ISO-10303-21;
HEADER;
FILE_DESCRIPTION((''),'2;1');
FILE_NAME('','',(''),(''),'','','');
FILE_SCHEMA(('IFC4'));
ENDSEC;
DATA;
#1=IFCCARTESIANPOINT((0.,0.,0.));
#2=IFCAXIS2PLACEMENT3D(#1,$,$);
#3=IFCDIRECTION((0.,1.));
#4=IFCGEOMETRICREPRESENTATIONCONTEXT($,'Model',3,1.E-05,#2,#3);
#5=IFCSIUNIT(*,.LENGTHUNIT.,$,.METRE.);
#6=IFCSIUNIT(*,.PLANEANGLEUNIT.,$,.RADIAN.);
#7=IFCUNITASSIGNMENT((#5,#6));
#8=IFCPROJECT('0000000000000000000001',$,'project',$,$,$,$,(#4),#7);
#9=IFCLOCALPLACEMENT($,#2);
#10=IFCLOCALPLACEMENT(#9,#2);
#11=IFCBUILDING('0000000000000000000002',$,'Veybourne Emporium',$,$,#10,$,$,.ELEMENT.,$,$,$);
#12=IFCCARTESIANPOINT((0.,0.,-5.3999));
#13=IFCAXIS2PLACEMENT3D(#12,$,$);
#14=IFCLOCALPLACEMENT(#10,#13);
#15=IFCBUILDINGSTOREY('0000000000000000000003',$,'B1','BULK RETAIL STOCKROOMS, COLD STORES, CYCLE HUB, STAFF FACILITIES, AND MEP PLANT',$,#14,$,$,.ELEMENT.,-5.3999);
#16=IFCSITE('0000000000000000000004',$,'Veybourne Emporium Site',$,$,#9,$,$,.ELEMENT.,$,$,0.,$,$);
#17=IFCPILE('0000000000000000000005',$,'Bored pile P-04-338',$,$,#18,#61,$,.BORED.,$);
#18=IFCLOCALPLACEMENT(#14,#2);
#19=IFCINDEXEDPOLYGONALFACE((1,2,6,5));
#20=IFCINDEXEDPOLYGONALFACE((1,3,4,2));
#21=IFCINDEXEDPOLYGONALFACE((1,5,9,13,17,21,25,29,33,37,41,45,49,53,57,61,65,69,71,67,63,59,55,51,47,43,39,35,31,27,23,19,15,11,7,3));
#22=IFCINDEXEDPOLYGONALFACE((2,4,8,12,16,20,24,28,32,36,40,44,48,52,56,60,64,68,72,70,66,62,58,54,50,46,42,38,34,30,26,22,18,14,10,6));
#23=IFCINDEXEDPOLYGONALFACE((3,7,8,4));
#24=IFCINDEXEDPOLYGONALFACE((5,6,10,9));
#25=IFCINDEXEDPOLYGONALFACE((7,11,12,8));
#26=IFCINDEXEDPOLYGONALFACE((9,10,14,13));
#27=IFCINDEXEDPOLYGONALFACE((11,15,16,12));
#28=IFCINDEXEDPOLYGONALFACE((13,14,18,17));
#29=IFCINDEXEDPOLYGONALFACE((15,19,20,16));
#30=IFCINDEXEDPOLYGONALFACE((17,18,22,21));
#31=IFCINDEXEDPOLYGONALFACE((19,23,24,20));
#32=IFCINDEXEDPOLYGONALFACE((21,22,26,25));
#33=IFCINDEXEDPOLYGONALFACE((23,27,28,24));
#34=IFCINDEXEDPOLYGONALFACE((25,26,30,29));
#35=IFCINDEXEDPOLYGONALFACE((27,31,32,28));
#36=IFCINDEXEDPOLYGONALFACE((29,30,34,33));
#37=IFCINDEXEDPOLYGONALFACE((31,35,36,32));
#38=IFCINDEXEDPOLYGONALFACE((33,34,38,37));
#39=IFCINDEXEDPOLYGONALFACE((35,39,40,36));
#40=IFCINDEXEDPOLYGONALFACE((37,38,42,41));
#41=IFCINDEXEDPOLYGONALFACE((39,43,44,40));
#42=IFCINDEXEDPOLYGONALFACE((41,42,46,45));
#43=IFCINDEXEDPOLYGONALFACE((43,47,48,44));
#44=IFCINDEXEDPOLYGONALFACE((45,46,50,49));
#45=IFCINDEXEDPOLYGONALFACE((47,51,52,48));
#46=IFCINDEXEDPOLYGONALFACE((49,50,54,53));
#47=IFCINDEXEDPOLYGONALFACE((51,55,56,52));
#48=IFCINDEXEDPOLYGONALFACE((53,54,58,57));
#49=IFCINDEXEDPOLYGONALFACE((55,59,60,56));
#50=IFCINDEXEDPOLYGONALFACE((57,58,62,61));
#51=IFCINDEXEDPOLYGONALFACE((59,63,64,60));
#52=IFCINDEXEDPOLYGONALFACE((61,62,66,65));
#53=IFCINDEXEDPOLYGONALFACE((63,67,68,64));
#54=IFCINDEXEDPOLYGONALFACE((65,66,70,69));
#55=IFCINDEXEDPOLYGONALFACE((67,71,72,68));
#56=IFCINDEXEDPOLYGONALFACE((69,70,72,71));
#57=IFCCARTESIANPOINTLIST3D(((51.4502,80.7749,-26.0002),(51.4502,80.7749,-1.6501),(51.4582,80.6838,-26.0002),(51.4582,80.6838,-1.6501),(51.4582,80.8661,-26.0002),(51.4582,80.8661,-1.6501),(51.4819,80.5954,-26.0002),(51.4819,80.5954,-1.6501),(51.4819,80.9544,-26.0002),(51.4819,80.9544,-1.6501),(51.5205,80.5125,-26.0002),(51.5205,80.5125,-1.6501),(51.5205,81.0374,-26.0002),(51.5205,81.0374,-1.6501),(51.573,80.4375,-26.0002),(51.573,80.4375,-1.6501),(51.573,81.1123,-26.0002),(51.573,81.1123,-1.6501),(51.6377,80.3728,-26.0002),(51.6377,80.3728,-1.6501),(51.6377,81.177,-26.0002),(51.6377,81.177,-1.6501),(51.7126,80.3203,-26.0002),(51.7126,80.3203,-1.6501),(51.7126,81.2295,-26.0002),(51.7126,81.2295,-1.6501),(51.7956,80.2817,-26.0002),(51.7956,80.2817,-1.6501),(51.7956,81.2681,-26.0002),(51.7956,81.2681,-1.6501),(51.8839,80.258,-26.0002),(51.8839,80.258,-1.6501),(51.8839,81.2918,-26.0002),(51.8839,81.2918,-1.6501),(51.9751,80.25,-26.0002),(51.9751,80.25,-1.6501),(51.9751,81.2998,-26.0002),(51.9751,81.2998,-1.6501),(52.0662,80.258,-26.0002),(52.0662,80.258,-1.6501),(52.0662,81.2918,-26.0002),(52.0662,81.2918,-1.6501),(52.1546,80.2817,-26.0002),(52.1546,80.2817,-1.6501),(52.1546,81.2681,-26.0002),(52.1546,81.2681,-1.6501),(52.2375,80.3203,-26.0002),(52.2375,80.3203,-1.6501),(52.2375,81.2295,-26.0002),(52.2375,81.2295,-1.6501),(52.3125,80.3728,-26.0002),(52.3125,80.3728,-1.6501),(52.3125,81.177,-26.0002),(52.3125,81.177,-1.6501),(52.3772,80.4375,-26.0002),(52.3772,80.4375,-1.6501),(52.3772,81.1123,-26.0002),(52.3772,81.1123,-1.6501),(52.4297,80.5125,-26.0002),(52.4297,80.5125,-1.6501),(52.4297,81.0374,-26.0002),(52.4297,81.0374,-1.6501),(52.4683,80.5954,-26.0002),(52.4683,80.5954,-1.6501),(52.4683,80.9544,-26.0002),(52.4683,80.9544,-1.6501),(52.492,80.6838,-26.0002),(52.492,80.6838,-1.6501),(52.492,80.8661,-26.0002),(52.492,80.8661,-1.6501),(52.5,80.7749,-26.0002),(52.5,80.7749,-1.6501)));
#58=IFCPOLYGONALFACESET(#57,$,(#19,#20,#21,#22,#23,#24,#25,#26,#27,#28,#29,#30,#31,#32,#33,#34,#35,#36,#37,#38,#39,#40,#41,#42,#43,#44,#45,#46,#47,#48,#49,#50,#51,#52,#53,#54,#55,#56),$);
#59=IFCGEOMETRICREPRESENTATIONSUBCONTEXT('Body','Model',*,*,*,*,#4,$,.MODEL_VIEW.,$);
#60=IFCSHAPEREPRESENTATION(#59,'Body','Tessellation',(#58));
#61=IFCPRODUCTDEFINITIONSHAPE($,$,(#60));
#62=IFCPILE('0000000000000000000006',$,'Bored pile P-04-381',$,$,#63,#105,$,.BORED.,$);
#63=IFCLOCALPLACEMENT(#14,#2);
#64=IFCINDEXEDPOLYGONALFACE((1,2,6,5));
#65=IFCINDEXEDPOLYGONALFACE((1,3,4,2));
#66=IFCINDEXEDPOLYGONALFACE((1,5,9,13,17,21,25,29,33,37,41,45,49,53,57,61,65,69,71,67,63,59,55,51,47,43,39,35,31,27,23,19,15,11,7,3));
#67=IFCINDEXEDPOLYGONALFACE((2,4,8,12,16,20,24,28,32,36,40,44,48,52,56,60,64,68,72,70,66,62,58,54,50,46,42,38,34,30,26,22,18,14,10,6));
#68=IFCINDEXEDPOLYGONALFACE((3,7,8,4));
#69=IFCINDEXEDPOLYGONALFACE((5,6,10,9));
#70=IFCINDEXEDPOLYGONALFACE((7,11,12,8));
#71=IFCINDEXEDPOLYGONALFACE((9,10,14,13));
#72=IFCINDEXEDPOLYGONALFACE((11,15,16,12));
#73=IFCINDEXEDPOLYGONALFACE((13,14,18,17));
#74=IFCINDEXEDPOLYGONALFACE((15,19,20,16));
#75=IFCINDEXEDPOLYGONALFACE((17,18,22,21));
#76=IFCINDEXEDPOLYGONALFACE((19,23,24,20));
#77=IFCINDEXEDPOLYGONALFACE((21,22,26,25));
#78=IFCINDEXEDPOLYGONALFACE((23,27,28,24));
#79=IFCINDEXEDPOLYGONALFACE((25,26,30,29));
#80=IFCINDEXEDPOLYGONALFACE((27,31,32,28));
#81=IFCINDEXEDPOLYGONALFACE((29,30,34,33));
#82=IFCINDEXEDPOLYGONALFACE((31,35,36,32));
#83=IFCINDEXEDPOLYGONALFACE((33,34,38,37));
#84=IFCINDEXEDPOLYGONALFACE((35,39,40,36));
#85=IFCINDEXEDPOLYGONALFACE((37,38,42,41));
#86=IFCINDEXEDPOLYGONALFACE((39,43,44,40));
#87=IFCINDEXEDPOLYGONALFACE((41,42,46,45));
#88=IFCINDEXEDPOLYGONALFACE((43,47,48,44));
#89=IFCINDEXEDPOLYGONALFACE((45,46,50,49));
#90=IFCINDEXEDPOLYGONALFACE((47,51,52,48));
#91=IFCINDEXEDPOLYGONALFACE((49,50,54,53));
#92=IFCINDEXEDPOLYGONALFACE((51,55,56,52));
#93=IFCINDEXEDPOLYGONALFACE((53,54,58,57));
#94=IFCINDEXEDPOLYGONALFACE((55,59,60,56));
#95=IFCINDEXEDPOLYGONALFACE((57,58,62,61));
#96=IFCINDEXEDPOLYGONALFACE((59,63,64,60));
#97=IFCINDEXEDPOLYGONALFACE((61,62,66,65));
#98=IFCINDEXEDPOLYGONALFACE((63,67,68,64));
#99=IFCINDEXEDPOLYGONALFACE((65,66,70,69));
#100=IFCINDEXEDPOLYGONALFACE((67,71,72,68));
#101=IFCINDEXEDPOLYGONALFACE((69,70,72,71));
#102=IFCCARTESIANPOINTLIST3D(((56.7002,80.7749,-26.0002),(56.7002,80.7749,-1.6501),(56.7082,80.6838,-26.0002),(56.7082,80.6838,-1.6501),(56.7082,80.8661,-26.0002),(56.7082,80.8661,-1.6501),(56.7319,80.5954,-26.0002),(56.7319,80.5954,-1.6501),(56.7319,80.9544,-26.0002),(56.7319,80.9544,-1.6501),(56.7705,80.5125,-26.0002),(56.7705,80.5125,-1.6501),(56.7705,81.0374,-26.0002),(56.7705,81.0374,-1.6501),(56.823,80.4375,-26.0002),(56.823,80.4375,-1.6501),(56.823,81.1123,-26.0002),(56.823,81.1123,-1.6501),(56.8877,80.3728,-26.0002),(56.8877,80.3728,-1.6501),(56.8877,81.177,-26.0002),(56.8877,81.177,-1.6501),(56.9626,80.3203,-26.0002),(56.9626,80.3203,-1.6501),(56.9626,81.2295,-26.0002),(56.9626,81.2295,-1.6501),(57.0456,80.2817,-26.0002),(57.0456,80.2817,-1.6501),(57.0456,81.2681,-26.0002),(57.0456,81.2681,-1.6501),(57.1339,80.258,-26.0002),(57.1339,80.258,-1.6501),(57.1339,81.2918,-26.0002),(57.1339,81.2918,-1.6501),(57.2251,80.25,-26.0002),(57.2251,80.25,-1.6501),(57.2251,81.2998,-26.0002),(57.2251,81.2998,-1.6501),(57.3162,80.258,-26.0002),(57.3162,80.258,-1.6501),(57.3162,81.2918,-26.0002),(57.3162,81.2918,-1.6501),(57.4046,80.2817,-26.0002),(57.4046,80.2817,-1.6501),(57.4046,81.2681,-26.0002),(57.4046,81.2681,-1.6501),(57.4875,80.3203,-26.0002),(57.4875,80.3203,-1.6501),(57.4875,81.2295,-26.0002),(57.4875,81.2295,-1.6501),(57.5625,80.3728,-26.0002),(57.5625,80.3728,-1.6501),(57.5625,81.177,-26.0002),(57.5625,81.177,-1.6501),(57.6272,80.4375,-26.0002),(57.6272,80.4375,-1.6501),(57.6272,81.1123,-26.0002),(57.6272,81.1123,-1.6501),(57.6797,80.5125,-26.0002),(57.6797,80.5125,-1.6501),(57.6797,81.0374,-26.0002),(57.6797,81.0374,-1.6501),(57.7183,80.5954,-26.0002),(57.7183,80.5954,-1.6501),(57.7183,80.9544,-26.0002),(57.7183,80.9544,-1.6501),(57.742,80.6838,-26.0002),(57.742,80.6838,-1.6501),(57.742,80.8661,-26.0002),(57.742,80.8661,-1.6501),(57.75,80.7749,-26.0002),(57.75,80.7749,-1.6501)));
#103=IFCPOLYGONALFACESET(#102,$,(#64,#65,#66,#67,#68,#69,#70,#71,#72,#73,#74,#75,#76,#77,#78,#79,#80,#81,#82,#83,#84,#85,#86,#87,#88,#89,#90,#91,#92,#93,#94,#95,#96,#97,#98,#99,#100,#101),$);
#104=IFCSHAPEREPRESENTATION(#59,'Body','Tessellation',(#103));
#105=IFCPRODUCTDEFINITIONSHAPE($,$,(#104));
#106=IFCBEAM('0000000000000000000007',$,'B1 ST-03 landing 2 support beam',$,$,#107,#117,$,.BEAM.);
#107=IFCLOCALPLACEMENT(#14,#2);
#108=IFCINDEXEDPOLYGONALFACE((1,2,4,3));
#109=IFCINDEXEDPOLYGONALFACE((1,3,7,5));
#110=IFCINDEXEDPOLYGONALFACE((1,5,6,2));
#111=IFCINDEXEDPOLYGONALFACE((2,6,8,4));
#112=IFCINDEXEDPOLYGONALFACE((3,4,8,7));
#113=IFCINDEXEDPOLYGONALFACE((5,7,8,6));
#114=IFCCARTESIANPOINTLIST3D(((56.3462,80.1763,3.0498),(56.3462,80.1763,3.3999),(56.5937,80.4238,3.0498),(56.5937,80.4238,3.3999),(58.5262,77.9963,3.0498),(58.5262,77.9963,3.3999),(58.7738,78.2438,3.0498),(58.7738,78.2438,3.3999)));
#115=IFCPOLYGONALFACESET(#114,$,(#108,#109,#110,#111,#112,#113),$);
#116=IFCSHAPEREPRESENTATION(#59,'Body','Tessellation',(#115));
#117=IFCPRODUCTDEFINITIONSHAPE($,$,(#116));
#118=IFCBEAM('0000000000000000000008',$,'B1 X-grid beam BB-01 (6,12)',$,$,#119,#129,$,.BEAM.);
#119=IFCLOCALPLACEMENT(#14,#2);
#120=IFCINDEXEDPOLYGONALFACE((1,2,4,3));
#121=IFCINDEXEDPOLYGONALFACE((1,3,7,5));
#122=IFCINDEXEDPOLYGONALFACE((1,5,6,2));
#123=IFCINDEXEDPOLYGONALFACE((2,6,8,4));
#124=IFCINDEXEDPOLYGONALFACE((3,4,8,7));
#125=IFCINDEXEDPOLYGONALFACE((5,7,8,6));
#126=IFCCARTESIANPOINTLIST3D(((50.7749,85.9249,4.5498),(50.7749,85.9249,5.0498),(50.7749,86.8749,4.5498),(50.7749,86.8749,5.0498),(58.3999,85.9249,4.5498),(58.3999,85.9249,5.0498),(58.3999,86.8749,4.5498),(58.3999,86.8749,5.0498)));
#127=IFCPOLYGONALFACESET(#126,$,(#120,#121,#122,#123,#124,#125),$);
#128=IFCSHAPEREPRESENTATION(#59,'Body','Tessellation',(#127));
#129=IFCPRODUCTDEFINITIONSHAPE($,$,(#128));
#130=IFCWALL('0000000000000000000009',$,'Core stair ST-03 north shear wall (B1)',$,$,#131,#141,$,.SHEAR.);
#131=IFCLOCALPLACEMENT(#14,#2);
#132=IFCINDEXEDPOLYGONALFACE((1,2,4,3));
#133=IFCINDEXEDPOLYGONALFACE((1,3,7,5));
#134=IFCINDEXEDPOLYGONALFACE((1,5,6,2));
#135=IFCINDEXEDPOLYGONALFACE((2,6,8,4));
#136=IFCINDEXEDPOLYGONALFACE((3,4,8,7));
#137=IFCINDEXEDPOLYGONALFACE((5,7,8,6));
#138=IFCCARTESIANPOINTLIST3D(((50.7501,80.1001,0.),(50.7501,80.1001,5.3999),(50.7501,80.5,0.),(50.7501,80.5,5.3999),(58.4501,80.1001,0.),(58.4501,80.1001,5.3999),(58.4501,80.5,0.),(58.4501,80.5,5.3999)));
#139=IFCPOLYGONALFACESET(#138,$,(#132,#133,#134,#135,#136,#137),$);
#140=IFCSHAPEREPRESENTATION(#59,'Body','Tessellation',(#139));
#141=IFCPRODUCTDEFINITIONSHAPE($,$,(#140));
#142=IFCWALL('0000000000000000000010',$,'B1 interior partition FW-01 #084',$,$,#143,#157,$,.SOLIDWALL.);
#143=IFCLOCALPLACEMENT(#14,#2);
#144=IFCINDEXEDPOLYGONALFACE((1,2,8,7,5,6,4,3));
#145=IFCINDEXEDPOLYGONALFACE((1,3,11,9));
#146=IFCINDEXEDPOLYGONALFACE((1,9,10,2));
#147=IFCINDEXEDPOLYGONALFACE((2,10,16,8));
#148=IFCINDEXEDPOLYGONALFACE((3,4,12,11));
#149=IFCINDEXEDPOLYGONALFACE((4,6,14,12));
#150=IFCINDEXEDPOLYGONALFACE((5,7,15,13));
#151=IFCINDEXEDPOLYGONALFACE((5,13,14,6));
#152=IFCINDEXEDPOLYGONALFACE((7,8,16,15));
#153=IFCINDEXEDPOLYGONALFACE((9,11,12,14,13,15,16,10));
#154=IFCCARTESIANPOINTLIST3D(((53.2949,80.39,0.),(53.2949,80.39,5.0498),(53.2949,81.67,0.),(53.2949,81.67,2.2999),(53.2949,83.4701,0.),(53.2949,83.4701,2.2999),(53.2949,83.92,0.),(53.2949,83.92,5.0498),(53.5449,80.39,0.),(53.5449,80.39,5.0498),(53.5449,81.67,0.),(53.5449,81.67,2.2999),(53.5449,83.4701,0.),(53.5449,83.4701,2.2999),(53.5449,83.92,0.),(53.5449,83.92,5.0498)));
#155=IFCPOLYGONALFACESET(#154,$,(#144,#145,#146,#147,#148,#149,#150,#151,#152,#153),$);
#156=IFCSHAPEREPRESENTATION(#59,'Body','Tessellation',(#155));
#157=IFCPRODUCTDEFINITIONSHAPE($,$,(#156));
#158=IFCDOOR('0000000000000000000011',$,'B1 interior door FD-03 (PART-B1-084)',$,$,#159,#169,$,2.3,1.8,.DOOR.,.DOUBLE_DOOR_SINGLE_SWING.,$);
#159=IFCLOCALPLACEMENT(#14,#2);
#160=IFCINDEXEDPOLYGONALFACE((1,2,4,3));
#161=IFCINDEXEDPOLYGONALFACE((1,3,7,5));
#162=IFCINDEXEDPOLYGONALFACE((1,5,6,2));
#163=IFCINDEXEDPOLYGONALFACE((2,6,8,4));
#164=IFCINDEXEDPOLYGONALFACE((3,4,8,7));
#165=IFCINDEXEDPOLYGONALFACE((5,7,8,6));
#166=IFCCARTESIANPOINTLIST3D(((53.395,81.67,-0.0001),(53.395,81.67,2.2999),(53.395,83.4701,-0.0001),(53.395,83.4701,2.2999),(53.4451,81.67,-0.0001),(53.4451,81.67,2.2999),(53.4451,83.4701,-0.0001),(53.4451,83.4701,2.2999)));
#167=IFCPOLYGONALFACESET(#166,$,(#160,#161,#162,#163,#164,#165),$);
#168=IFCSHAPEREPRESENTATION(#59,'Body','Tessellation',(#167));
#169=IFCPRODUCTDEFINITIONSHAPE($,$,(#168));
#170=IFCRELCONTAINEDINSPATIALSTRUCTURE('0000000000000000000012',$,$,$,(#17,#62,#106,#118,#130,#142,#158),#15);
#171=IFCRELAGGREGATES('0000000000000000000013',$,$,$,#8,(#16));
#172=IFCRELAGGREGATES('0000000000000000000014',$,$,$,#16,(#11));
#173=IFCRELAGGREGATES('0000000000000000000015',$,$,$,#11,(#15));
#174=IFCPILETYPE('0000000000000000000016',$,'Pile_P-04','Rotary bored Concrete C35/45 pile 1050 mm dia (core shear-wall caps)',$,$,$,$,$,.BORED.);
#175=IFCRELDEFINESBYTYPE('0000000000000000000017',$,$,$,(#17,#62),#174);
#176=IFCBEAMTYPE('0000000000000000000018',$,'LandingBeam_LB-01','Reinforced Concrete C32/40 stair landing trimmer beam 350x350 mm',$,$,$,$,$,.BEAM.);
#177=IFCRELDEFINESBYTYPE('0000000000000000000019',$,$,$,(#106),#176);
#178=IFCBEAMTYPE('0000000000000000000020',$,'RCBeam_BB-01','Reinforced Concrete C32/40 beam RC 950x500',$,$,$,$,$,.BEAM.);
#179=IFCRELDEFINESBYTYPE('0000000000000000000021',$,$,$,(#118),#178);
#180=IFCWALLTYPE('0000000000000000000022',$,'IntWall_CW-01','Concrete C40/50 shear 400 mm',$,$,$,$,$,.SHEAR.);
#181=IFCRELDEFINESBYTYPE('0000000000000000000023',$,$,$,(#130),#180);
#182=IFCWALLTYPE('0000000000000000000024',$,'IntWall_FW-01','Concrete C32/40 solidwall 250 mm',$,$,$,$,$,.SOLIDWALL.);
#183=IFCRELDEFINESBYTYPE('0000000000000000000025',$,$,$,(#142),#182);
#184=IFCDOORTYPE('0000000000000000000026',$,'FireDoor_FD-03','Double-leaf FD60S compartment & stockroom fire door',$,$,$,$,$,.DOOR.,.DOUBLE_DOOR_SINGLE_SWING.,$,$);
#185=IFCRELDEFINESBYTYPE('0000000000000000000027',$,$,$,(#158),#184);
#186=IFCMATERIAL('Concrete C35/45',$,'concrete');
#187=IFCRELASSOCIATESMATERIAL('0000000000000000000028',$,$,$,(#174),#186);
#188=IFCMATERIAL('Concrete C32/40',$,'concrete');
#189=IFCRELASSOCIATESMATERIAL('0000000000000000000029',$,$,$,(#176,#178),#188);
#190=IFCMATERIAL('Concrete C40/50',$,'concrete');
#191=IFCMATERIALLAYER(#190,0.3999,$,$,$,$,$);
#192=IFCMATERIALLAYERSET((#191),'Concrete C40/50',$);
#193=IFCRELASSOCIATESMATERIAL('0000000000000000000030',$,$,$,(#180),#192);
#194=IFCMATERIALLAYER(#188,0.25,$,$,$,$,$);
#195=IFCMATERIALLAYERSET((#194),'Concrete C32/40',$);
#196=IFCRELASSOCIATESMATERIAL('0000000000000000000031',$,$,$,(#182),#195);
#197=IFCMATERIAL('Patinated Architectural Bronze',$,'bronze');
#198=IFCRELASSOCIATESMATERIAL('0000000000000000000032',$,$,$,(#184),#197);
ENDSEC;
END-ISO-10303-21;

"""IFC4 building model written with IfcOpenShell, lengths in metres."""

from ifc_helpers import new_model, si_unit, direction, frame, frame_2d, origin, origin_2d, place, context, subcontext, project, spatial, rectangle, circle, extrude, material, layer, layer_set, material_profile, profile_set, type_object, element, fill, save


model = new_model("IFC4")

# Units and contexts
model_context = context("Model", 3, precision=1e-05, world=origin(), true_north=direction((0.0, 1.0)))
body_context = subcontext(model_context, "Body", "Model", "MODEL_VIEW")
ifc_project = project(units=[si_unit("LENGTHUNIT", "METRE"), si_unit("PLANEANGLEUNIT", "RADIAN")], contexts=[model_context])

# Site, building, storey
site_placement = place(None, origin())
site = spatial("IfcSite", under=ifc_project, at=site_placement, Name="Veybourne Emporium Site", CompositionType="ELEMENT", RefElevation=0.0)
building_placement = place(site_placement, origin())
building = spatial("IfcBuilding", under=site, at=building_placement, Name="Veybourne Emporium", CompositionType="ELEMENT")
storey_placement = place(building_placement, frame((0.0, 0.0, -5.3999)))
storey = spatial("IfcBuildingStorey", under=building, at=storey_placement, Name="B1", Description="BULK RETAIL STOCKROOMS, COLD STORES, CYCLE HUB, STAFF FACILITIES, AND MEP PLANT", CompositionType="ELEMENT", Elevation=-5.3999)

# Shared definitions
ifc_material_1 = material(Name="Concrete C35/45", Category="concrete")

# Piles
ifc_material_profile_1 = material_profile(ifc_material_1, circle(Radius=0.5249, at=origin_2d()), Name="BORED PILE 1050")
ifc_profile_set_1 = profile_set([ifc_material_profile_1], Name="Concrete C35/45")
pile_type_1 = type_object("IfcPileType", Name="Pile_P-04", Description="Rotary bored Concrete C35/45 pile 1050 mm dia (core shear-wall caps)", PredefinedType="BORED", material=ifc_profile_set_1)
for number, where, z_axis, x_axis, name in (
    (1, (51.9751, 80.7749, -1.6501), (0.0, 0.0, -1.0), (1.0, 0.0, 0.0), "Bored pile P-04-338"),
    (2, (57.2251, 80.7749, -1.6501), (0.0, 0.0, -1.0), (1.0, 0.0, 0.0), "Bored pile P-04-381"),
):
    element("IfcPile", number, at=place(storey_placement, frame(where, z_axis=z_axis, x_axis=x_axis)), inside=storey, type_object=pile_type_1, Name=name, PredefinedType="BORED", context=body_context, shape_type="SweptSolid", body=[
        extrude(circle(Radius=0.5249, at=origin_2d()), origin(), (0.0, 0.0, 1.0), 24.3501),
    ])

# Beams
ifc_material_2 = material(Name="Concrete C32/40", Category="concrete")
ifc_material_profile_2 = material_profile(ifc_material_2, rectangle(XDim=0.3501, YDim=0.3501, at=origin_2d()), Name="RC 350x350")
ifc_profile_set_2 = profile_set([ifc_material_profile_2], Name="Concrete C32/40")
beam_type_1 = type_object("IfcBeamType", Name="LandingBeam_LB-01", Description="Reinforced Concrete C32/40 stair landing trimmer beam 350x350 mm", PredefinedType="BEAM", material=ifc_profile_set_2)
beam_1_placement = place(storey_placement, frame((56.47, 80.3, 3.2249), z_axis=(0.707107, -0.707107, 0.0), x_axis=(0.707107, 0.707107, 0.0)))
element("IfcBeam", 3, at=beam_1_placement, inside=storey, type_object=beam_type_1, Name="B1 ST-03 landing 2 support beam", PredefinedType="BEAM", context=body_context, shape_type="SweptSolid", body=[
    extrude(rectangle(XDim=0.3501, YDim=0.3501, at=origin_2d()), origin(), (0.0, 0.0, 1.0), 3.083),
])
ifc_material_profile_3 = material_profile(ifc_material_2, rectangle(XDim=0.95, YDim=0.5, at=origin_2d()), Name="RC 950x500")
ifc_profile_set_3 = profile_set([ifc_material_profile_3], Name="Concrete C32/40")
beam_type_2 = type_object("IfcBeamType", Name="RCBeam_BB-01", Description="Reinforced Concrete C32/40 beam RC 950x500", PredefinedType="BEAM", material=ifc_profile_set_3)
beam_2_placement = place(storey_placement, frame((50.7749, 86.3999, 4.7998), z_axis=(1.0, 0.0, 0.0), x_axis=(0.0, 1.0, 0.0)))
element("IfcBeam", 4, at=beam_2_placement, inside=storey, type_object=beam_type_2, Name="B1 X-grid beam BB-01 (6,12)", PredefinedType="BEAM", context=body_context, shape_type="SweptSolid", body=[
    extrude(rectangle(XDim=0.95, YDim=0.5, at=origin_2d()), origin(), (0.0, 0.0, 1.0), 7.625),
])

# Wall
ifc_material_3 = material(Name="Concrete C40/50", Category="concrete")
ifc_layer_1 = layer(ifc_material_3, 0.3999)
ifc_layer_set_1 = layer_set([ifc_layer_1], Name="Concrete C40/50")
wall_type_1 = type_object("IfcWallType", Name="IntWall_CW-01", Description="Concrete C40/50 shear 400 mm", PredefinedType="SHEAR", material=ifc_layer_set_1)
wall_1_placement = place(storey_placement, frame((50.75, 80.3, 0.0), z_axis=(0.0, 0.0, 1.0), x_axis=(1.0, 0.0, 0.0)))
element("IfcWall", 5, at=wall_1_placement, inside=storey, type_object=wall_type_1, Name="Core stair ST-03 north shear wall (B1)", PredefinedType="SHEAR", context=body_context, shape_type="SweptSolid", body=[
    extrude(rectangle(XDim=7.7, YDim=0.3999, at=frame_2d((3.8501, 0.0))), origin(), (0.0, 0.0, 1.0), 5.3999),
])

# Wall, opening, door
ifc_layer_2 = layer(ifc_material_2, 0.25)
ifc_layer_set_2 = layer_set([ifc_layer_2], Name="Concrete C32/40")
wall_type_2 = type_object("IfcWallType", Name="IntWall_FW-01", Description="Concrete C32/40 solidwall 250 mm", PredefinedType="SOLIDWALL", material=ifc_layer_set_2)
wall_2_placement = place(storey_placement, frame((53.4199, 80.3899, 0.0), z_axis=(0.0, 0.0, 1.0), x_axis=(0.0, 1.0, 0.0)))
wall_2 = element("IfcWall", 6, at=wall_2_placement, inside=storey, type_object=wall_type_2, Name="B1 interior partition FW-01 #084", PredefinedType="SOLIDWALL", context=body_context, shape_type="SweptSolid", body=[
    extrude(rectangle(XDim=3.53, YDim=0.25, at=frame_2d((1.7651, 0.0))), origin(), (0.0, 0.0, 1.0), 5.0498),
])
opening_1_placement = place(wall_2_placement, frame((1.2803, 0.0, 0.0)))
opening_1 = element("IfcOpeningElement", 7, at=opening_1_placement, cuts=wall_2, PredefinedType="OPENING", context=body_context, shape_type="SweptSolid", body=[
    extrude(rectangle(XDim=1.8, YDim=2.3, at=frame_2d((0.8999, 1.1499))), frame((0.0, 0.145, 0.0), z_axis=(0.0, -1.0, 0.0), x_axis=(1.0, 0.0, 0.0)), (0.0, 0.0, 1.0), 0.29),
])
ifc_material_4 = material(Name="Patinated Architectural Bronze", Category="bronze")
door_type_1 = type_object("IfcDoorType", Name="FireDoor_FD-03", Description="Double-leaf FD60S compartment & stockroom fire door", OperationType="DOUBLE_DOOR_SINGLE_SWING", PredefinedType="DOOR", material=ifc_material_4)
door_1_placement = place(opening_1_placement, origin())
door_1 = element("IfcDoor", 8, at=door_1_placement, inside=storey, type_object=door_type_1, Name="B1 interior door FD-03 (PART-B1-084)", OperationType="DOUBLE_DOOR_SINGLE_SWING", OverallHeight=2.3, OverallWidth=1.8, PredefinedType="DOOR", context=body_context, shape_type="SweptSolid", body=[
    extrude(rectangle(XDim=1.8, YDim=2.3, at=frame_2d((0.8999, 1.1499))), frame((0.0, 0.0249, 0.0), z_axis=(0.0, -1.0, 0.0), x_axis=(1.0, 0.0, 0.0)), (0.0, 0.0, 1.0), 0.05),
])
fill(opening_1, door_1)

save(model, "model.ifc")
